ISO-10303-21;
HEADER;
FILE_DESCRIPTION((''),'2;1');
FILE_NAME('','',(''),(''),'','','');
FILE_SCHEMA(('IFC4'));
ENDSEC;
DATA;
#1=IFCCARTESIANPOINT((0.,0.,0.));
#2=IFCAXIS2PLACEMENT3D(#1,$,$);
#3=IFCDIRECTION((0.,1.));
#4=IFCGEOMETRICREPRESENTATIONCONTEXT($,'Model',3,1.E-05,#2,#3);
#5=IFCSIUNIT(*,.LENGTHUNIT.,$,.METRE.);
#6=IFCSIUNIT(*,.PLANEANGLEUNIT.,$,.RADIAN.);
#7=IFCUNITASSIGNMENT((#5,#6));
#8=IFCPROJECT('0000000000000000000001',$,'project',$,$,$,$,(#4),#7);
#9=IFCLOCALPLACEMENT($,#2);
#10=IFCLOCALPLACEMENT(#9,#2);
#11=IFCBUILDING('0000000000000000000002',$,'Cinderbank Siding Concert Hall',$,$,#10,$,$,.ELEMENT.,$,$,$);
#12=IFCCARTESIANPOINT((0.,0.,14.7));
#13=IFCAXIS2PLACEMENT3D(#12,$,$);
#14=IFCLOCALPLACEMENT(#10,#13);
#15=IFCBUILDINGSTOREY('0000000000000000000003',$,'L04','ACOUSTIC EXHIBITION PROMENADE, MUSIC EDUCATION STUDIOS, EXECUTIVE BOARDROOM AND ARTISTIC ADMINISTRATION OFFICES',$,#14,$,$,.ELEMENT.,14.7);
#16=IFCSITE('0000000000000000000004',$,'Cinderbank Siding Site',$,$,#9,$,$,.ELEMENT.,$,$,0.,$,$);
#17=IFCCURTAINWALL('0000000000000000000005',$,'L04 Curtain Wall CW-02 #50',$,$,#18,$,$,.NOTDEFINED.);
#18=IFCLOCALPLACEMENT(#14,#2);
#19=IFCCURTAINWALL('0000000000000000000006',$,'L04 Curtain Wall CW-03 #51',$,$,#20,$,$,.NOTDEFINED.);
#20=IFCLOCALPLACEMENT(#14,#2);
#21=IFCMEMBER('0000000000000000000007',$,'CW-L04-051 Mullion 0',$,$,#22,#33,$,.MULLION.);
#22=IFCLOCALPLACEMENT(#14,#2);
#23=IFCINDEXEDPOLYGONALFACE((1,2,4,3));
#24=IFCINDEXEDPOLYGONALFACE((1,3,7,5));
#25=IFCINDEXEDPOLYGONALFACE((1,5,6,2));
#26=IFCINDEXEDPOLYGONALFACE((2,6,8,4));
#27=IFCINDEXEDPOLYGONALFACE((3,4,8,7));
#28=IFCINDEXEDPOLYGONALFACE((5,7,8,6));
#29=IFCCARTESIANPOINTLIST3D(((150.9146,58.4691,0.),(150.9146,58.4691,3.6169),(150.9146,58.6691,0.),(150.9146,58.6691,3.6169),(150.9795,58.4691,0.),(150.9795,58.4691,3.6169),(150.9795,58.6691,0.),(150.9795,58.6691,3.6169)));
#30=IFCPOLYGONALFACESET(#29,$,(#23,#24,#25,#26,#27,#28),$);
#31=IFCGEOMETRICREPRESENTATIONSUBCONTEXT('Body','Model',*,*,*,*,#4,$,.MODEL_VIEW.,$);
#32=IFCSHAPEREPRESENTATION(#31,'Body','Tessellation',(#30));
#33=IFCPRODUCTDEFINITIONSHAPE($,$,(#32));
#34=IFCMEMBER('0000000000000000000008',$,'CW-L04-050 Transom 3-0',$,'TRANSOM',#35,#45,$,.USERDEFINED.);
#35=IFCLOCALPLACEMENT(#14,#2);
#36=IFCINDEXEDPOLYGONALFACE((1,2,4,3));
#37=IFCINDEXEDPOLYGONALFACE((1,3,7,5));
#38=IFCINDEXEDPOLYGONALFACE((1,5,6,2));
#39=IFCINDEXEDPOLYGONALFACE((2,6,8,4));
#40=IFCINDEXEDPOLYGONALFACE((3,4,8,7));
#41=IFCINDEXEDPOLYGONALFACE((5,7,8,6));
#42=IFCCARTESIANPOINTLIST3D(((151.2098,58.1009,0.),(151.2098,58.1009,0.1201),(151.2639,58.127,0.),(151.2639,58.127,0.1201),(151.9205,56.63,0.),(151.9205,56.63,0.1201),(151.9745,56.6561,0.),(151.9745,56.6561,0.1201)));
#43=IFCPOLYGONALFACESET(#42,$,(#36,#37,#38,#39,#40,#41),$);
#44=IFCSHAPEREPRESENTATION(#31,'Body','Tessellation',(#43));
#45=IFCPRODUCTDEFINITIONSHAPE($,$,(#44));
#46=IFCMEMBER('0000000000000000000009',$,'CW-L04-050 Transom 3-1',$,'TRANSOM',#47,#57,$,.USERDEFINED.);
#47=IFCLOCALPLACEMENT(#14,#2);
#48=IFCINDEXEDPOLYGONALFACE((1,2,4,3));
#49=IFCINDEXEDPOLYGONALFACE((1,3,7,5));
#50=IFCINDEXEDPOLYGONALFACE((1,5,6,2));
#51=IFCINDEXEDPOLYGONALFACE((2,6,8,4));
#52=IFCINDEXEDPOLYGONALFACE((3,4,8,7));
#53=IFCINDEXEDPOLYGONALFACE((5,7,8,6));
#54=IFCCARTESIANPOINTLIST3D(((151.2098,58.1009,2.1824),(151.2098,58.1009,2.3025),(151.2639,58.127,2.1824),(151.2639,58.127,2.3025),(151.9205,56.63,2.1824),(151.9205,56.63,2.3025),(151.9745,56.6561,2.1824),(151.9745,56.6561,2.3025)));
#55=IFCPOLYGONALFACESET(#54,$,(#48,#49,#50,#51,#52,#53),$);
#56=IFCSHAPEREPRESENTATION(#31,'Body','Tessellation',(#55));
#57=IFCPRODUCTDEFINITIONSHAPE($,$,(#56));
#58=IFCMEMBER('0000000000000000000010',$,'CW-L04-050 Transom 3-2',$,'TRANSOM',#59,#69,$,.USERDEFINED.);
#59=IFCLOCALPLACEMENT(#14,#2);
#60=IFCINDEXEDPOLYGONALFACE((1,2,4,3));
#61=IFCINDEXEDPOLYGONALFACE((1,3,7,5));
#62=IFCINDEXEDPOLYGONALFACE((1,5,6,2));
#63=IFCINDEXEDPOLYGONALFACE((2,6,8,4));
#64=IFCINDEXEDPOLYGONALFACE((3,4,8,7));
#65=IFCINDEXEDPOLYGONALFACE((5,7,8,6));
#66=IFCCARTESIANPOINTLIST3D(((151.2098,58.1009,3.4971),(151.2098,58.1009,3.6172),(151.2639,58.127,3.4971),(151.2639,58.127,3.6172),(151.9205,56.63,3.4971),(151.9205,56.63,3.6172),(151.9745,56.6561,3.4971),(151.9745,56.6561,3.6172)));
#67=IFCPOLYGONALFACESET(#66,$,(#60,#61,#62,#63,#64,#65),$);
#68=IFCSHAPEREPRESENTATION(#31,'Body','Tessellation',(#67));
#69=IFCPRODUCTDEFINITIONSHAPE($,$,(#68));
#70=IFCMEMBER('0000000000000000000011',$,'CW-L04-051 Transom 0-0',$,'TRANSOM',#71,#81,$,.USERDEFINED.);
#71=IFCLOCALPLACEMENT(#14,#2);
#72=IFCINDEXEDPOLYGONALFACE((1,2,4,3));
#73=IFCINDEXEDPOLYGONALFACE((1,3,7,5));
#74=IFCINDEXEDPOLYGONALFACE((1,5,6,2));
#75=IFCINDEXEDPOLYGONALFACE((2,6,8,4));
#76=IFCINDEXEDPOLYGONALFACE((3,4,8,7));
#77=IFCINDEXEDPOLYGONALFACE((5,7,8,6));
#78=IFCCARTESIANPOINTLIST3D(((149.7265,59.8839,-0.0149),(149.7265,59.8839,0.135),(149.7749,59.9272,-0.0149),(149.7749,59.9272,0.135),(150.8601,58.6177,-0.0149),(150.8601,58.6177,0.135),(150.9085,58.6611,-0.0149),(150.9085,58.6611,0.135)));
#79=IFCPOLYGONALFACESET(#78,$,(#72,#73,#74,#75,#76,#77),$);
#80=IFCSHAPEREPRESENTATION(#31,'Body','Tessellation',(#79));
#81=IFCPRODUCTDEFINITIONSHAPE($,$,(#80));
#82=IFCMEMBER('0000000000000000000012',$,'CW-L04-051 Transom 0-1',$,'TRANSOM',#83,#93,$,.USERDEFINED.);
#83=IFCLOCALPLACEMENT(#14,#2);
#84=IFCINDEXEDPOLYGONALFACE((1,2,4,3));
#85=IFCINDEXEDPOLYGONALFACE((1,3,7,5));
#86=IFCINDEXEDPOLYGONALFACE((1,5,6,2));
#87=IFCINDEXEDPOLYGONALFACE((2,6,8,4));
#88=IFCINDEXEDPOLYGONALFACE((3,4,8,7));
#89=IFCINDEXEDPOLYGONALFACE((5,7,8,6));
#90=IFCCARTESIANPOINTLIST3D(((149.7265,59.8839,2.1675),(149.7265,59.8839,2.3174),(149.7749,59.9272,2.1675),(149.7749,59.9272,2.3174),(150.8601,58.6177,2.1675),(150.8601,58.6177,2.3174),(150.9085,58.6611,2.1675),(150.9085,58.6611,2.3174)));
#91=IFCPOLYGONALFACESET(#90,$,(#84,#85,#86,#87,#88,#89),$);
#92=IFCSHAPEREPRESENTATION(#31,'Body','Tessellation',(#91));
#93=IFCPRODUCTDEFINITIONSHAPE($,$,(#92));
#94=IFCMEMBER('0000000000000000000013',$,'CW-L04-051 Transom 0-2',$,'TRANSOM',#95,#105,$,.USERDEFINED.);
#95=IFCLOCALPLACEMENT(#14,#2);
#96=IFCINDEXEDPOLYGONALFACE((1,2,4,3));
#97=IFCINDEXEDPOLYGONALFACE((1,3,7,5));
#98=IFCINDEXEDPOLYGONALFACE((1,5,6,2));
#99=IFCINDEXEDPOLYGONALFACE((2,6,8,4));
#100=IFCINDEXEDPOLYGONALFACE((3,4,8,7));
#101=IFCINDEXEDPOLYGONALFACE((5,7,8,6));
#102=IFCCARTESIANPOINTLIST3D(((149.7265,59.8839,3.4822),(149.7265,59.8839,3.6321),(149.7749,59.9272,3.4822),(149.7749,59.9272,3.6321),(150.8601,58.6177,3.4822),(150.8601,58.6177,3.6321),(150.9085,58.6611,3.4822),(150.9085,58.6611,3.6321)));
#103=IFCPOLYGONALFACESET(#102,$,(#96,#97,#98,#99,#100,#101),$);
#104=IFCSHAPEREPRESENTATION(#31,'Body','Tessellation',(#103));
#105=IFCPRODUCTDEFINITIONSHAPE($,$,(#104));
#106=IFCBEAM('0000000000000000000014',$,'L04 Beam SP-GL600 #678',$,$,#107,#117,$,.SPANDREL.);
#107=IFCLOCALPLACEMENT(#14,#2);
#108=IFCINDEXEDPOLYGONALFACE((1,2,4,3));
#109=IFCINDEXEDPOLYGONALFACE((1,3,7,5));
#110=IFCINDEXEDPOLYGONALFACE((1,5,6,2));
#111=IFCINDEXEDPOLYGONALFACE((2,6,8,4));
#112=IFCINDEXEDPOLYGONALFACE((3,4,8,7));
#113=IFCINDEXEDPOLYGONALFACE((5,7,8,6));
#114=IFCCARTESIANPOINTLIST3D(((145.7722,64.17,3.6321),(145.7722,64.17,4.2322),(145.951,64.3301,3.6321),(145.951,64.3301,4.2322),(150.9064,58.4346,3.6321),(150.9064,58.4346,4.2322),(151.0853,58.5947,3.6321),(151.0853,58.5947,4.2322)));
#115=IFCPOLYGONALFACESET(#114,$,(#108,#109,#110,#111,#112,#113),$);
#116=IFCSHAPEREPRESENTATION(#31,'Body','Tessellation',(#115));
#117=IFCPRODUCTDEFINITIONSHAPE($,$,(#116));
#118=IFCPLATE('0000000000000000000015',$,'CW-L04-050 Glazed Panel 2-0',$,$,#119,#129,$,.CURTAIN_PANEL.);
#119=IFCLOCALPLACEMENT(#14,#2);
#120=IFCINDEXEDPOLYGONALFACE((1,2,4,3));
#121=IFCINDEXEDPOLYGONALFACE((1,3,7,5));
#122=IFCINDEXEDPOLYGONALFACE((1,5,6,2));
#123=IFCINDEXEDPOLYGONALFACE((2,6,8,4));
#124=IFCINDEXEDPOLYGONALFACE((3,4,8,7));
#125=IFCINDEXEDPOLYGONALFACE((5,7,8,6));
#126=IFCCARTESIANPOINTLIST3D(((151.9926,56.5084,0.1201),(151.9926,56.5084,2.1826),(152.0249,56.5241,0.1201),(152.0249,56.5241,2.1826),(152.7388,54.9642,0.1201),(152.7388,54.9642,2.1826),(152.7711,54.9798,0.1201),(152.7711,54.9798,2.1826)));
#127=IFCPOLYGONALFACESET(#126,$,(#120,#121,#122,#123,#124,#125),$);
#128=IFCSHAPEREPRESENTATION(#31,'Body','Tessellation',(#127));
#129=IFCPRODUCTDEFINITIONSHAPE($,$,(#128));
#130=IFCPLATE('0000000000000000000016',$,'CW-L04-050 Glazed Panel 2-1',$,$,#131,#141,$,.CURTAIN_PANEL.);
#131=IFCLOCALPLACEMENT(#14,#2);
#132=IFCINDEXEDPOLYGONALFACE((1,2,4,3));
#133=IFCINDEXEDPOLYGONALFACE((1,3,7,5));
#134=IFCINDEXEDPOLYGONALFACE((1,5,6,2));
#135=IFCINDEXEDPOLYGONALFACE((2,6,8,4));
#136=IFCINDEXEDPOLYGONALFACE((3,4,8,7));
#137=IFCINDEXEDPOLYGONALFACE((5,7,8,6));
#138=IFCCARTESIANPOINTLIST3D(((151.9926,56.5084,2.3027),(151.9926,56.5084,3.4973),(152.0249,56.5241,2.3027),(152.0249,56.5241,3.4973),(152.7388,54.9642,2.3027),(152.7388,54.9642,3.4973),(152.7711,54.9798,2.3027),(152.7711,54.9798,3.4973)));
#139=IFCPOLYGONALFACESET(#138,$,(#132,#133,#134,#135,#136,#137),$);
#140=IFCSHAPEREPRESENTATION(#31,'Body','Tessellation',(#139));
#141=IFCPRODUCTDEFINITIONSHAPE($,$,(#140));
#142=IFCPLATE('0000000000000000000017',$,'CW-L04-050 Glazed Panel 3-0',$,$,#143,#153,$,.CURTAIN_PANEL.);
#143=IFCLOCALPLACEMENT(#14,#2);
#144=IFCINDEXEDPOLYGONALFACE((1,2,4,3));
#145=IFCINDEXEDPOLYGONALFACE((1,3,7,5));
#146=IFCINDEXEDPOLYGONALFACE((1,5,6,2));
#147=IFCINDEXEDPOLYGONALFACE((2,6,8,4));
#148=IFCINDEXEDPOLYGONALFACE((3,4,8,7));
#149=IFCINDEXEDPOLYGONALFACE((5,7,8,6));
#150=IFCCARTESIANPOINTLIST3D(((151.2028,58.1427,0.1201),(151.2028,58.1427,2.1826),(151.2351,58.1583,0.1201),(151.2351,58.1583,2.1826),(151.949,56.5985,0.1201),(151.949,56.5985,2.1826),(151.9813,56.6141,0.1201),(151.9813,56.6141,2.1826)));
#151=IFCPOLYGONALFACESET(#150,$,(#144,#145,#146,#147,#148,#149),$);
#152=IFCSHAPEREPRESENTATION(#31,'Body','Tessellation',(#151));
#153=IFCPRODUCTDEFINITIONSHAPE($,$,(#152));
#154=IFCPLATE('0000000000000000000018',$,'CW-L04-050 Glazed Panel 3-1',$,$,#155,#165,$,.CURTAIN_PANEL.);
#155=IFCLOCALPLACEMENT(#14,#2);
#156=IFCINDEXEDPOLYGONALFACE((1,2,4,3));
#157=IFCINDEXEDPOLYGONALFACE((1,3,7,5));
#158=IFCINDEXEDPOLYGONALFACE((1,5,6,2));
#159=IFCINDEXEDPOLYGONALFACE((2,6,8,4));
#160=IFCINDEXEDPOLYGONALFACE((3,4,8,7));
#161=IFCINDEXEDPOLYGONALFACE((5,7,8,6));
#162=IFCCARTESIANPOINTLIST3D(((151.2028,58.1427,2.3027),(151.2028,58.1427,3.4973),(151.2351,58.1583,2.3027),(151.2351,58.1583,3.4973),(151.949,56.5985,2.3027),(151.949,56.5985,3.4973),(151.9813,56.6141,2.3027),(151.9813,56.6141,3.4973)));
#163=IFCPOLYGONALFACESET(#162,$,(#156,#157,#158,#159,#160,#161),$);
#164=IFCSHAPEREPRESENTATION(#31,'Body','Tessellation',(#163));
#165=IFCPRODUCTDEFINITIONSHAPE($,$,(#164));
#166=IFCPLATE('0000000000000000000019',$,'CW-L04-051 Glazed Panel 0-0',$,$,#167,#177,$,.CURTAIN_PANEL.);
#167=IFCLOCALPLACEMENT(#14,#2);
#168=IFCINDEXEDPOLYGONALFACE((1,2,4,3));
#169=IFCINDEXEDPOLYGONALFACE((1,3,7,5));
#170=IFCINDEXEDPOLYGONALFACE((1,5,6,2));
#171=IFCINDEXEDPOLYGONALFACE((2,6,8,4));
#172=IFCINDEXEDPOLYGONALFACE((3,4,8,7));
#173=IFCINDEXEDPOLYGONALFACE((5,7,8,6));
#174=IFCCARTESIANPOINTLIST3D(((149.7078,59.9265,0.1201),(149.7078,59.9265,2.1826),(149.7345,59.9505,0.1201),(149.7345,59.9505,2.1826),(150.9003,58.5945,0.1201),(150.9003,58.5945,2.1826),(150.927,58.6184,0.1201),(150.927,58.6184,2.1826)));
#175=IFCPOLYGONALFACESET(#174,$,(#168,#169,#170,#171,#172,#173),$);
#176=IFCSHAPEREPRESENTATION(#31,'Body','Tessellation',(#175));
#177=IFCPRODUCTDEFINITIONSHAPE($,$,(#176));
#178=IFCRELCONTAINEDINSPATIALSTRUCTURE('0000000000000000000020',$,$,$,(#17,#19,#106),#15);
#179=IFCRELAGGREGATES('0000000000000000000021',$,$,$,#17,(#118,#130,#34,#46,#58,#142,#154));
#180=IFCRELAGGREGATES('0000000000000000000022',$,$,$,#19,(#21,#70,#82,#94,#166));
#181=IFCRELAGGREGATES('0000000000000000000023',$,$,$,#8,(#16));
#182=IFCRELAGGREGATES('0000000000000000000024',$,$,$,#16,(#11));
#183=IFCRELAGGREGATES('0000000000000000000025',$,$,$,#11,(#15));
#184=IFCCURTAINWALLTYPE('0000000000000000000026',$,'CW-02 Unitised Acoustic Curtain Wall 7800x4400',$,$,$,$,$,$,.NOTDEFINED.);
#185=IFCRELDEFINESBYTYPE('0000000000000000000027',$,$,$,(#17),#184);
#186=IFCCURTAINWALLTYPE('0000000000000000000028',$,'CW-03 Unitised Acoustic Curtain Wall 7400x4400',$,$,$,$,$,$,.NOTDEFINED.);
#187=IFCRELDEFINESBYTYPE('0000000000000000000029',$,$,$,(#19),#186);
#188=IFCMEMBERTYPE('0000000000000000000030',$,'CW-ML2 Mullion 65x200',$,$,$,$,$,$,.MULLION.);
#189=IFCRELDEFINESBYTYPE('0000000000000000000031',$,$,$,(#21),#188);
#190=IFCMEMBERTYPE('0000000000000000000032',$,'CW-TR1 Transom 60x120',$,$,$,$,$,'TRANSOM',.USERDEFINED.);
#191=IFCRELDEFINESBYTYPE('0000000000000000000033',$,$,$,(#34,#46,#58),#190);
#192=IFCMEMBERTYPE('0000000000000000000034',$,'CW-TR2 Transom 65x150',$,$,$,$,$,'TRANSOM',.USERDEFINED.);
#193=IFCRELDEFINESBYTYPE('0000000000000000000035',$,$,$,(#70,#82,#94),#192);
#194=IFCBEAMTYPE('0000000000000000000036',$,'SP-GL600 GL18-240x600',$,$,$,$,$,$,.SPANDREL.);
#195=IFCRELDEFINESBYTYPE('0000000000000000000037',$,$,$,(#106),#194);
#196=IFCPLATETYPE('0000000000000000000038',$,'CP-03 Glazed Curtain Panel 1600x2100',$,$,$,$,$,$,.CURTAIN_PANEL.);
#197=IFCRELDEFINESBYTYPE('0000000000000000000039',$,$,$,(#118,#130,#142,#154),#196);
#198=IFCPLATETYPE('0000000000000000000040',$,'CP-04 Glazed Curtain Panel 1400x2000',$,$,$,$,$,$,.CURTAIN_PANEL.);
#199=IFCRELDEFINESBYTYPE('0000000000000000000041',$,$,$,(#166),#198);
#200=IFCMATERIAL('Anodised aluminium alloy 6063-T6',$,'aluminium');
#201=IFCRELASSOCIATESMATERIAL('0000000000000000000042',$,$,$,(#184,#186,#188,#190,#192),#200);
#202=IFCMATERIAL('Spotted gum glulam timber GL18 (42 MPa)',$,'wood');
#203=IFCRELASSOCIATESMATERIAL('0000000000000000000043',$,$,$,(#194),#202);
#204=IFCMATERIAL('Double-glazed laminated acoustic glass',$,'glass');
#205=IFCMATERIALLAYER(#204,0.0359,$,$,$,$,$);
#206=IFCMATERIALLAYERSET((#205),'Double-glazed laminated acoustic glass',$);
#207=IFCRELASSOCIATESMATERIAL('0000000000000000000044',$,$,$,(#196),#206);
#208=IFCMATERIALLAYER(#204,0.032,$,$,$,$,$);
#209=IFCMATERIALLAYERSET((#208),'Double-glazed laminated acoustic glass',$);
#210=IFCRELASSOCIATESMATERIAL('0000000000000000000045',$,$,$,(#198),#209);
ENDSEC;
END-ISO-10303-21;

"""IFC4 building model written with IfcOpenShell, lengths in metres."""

from ifc_helpers import new_model, si_unit, direction, frame, origin, origin_2d, place, context, subcontext, project, spatial, rectangle, extrude, material, layer, layer_set, material_profile, profile_set, type_object, element, aggregate, save


model = new_model("IFC4")

# Units and contexts
model_context = context("Model", 3, precision=1e-05, world=origin(), true_north=direction((0.0, 1.0)))
body_context = subcontext(model_context, "Body", "Model", "MODEL_VIEW")
ifc_project = project(units=[si_unit("LENGTHUNIT", "METRE"), si_unit("PLANEANGLEUNIT", "RADIAN")], contexts=[model_context])

# Site, building, storey
site_placement = place(None, origin())
site = spatial("IfcSite", under=ifc_project, at=site_placement, Name="Cinderbank Siding Site", CompositionType="ELEMENT", RefElevation=0.0)
building_placement = place(site_placement, origin())
building = spatial("IfcBuilding", under=site, at=building_placement, Name="Cinderbank Siding Concert Hall", CompositionType="ELEMENT")
storey_placement = place(building_placement, frame((0.0, 0.0, 14.7)))
storey = spatial("IfcBuildingStorey", under=building, at=storey_placement, Name="L04", Description="ACOUSTIC EXHIBITION PROMENADE, MUSIC EDUCATION STUDIOS, EXECUTIVE BOARDROOM AND ARTISTIC ADMINISTRATION OFFICES", CompositionType="ELEMENT", Elevation=14.7)

# Curtain wall
ifc_material_1 = material(Name="Anodised aluminium alloy 6063-T6", Category="aluminium")
curtain_wall_type_1 = type_object("IfcCurtainWallType", Name="CW-02 Unitised Acoustic Curtain Wall 7800x4400", PredefinedType="NOTDEFINED", material=ifc_material_1)
curtain_wall_1_placement = place(storey_placement, origin())
curtain_wall_1 = element("IfcCurtainWall", 1, at=curtain_wall_1_placement, inside=storey, type_object=curtain_wall_type_1, Name="L04 Curtain Wall CW-02 #50", PredefinedType="NOTDEFINED")

# Curtain wall, member
curtain_wall_type_2 = type_object("IfcCurtainWallType", Name="CW-03 Unitised Acoustic Curtain Wall 7400x4400", PredefinedType="NOTDEFINED", material=ifc_material_1)
curtain_wall_2_placement = place(storey_placement, origin())
curtain_wall_2 = element("IfcCurtainWall", 2, at=curtain_wall_2_placement, inside=storey, type_object=curtain_wall_type_2, Name="L04 Curtain Wall CW-03 #51", PredefinedType="NOTDEFINED")
ifc_material_profile_1 = material_profile(ifc_material_1, rectangle(XDim=0.0649, YDim=0.2, at=origin_2d()), Name="ALU-MULL-65x200", Category="LoadBearing")
ifc_profile_set_1 = profile_set([ifc_material_profile_1], Name="Anodised aluminium alloy 6063-T6")
member_type_1 = type_object("IfcMemberType", Name="CW-ML2 Mullion 65x200", PredefinedType="MULLION", material=ifc_profile_set_1)
member_1_placement = place(storey_placement, frame((150.947, 58.5691, 0.0), z_axis=(0.0, 0.0, 1.0), x_axis=(1.0, 0.0, 0.0)))
member_1 = element("IfcMember", 3, at=member_1_placement, type_object=member_type_1, Name="CW-L04-051 Mullion 0", PredefinedType="MULLION", context=body_context, shape_type="SweptSolid", body=[
    extrude(rectangle(XDim=0.0649, YDim=0.2, at=origin_2d()), origin(), (0.0, 0.0, 1.0), 3.6169),
])

# Members
ifc_material_profile_2 = material_profile(ifc_material_1, rectangle(XDim=0.0601, YDim=0.1201, at=origin_2d()), Name="ALU-TRAN-60x120", Category="LoadBearing")
ifc_profile_set_2 = profile_set([ifc_material_profile_2], Name="Anodised aluminium alloy 6063-T6")
member_type_2 = type_object("IfcMemberType", Name="CW-TR1 Transom 60x120", ElementType="TRANSOM", PredefinedType="USERDEFINED", material=ifc_profile_set_2)
member_2_placement = place(storey_placement, frame((151.9475, 56.6431, 0.0601), z_axis=(-0.435037, 0.900412, 0.0), x_axis=(-0.900412, -0.435037, 0.0)))
member_2 = element("IfcMember", 4, at=member_2_placement, type_object=member_type_2, Name="CW-L04-050 Transom 3-0", ObjectType="TRANSOM", PredefinedType="USERDEFINED", context=body_context, shape_type="SweptSolid", body=[
    extrude(rectangle(XDim=0.0601, YDim=0.1201, at=origin_2d()), origin(), (0.0, 0.0, 1.0), 1.6335),
])
member_3_placement = place(storey_placement, frame((151.9475, 56.6431, 2.2424), z_axis=(-0.435037, 0.900412, 0.0), x_axis=(-0.900412, -0.435037, 0.0)))
member_3 = element("IfcMember", 5, at=member_3_placement, type_object=member_type_2, Name="CW-L04-050 Transom 3-1", ObjectType="TRANSOM", PredefinedType="USERDEFINED", context=body_context, shape_type="SweptSolid", body=[
    extrude(rectangle(XDim=0.0601, YDim=0.1201, at=origin_2d()), origin(), (0.0, 0.0, 1.0), 1.6335),
])
member_4_placement = place(storey_placement, frame((151.9475, 56.6431, 3.5571), z_axis=(-0.435037, 0.900412, 0.0), x_axis=(-0.900412, -0.435037, 0.0)))
member_4 = element("IfcMember", 6, at=member_4_placement, type_object=member_type_2, Name="CW-L04-050 Transom 3-2", ObjectType="TRANSOM", PredefinedType="USERDEFINED", context=body_context, shape_type="SweptSolid", body=[
    extrude(rectangle(XDim=0.0601, YDim=0.1201, at=origin_2d()), origin(), (0.0, 0.0, 1.0), 1.6335),
])
ifc_material_profile_3 = material_profile(ifc_material_1, rectangle(XDim=0.0649, YDim=0.1499, at=origin_2d()), Name="ALU-TRAN-65x150", Category="LoadBearing")
ifc_profile_set_3 = profile_set([ifc_material_profile_3], Name="Anodised aluminium alloy 6063-T6")
member_type_3 = type_object("IfcMemberType", Name="CW-TR2 Transom 65x150", ElementType="TRANSOM", PredefinedType="USERDEFINED", material=ifc_profile_set_3)
member_5_placement = place(storey_placement, frame((150.8843, 58.6394, 0.0601), z_axis=(-0.667026, 0.745035, 0.0), x_axis=(-0.745035, -0.667026, 0.0)))
member_5 = element("IfcMember", 7, at=member_5_placement, type_object=member_type_3, Name="CW-L04-051 Transom 0-0", ObjectType="TRANSOM", PredefinedType="USERDEFINED", context=body_context, shape_type="SweptSolid", body=[
    extrude(rectangle(XDim=0.0649, YDim=0.1499, at=origin_2d()), origin(), (0.0, 0.0, 1.0), 1.6995),
])
member_6_placement = place(storey_placement, frame((150.8843, 58.6394, 2.2424), z_axis=(-0.667026, 0.745035, 0.0), x_axis=(-0.745035, -0.667026, 0.0)))
member_6 = element("IfcMember", 8, at=member_6_placement, type_object=member_type_3, Name="CW-L04-051 Transom 0-1", ObjectType="TRANSOM", PredefinedType="USERDEFINED", context=body_context, shape_type="SweptSolid", body=[
    extrude(rectangle(XDim=0.0649, YDim=0.1499, at=origin_2d()), origin(), (0.0, 0.0, 1.0), 1.6995),
])
member_7_placement = place(storey_placement, frame((150.8843, 58.6394, 3.5571), z_axis=(-0.667026, 0.745035, 0.0), x_axis=(-0.745035, -0.667026, 0.0)))
member_7 = element("IfcMember", 9, at=member_7_placement, type_object=member_type_3, Name="CW-L04-051 Transom 0-2", ObjectType="TRANSOM", PredefinedType="USERDEFINED", context=body_context, shape_type="SweptSolid", body=[
    extrude(rectangle(XDim=0.0649, YDim=0.1499, at=origin_2d()), origin(), (0.0, 0.0, 1.0), 1.6995),
])

# Beam
ifc_material_2 = material(Name="Spotted gum glulam timber GL18 (42 MPa)", Category="wood")
ifc_material_profile_4 = material_profile(ifc_material_2, rectangle(XDim=0.24, YDim=0.6001, at=origin_2d()), Name="GL18-240x600", Category="LoadBearing")
ifc_profile_set_4 = profile_set([ifc_material_profile_4], Name="Spotted gum glulam timber GL18 (42 MPa)")
beam_type_1 = type_object("IfcBeamType", Name="SP-GL600 GL18-240x600", PredefinedType="SPANDREL", material=ifc_profile_set_4)
beam_1_placement = place(storey_placement, frame((150.9958, 58.5146, 3.9321), z_axis=(-0.666986, 0.74507, 0.0), x_axis=(-0.74507, -0.666986, 0.0)))
element("IfcBeam", 10, at=beam_1_placement, inside=storey, type_object=beam_type_1, Name="L04 Beam SP-GL600 #678", PredefinedType="SPANDREL", context=body_context, shape_type="SweptSolid", body=[
    extrude(rectangle(XDim=0.24, YDim=0.6001, at=origin_2d()), origin(), (0.0, 0.0, 1.0), 7.6978),
])

# Plates
ifc_material_3 = material(Name="Double-glazed laminated acoustic glass", Category="glass")
ifc_layer_1 = layer(ifc_material_3, 0.0359)
ifc_layer_set_1 = layer_set([ifc_layer_1], Name="Double-glazed laminated acoustic glass")
plate_type_1 = type_object("IfcPlateType", Name="CP-03 Glazed Curtain Panel 1600x2100", PredefinedType="CURTAIN_PANEL", material=ifc_layer_set_1)
plate_1_placement = place(storey_placement, frame((152.3818, 55.7441, 0.1201), z_axis=(0.0, 0.0, 1.0), x_axis=(-0.435102, 0.900381, 0.0)))
plate_1 = element("IfcPlate", 11, at=plate_1_placement, type_object=plate_type_1, Name="CW-L04-050 Glazed Panel 2-0", PredefinedType="CURTAIN_PANEL", context=body_context, shape_type="SweptSolid", body=[
    extrude(rectangle(XDim=1.7151, YDim=0.0359, at=origin_2d()), origin(), (0.0, 0.0, 1.0), 2.0625),
])
plate_2_placement = place(storey_placement, frame((152.3818, 55.7441, 2.3027), z_axis=(0.0, 0.0, 1.0), x_axis=(-0.435102, 0.900381, 0.0)))
plate_2 = element("IfcPlate", 12, at=plate_2_placement, type_object=plate_type_1, Name="CW-L04-050 Glazed Panel 2-1", PredefinedType="CURTAIN_PANEL", context=body_context, shape_type="SweptSolid", body=[
    extrude(rectangle(XDim=1.7151, YDim=0.0359, at=origin_2d()), origin(), (0.0, 0.0, 1.0), 1.1946),
])
plate_3_placement = place(storey_placement, frame((151.592, 57.3784, 0.1201), z_axis=(0.0, 0.0, 1.0), x_axis=(-0.435102, 0.900381, 0.0)))
plate_3 = element("IfcPlate", 13, at=plate_3_placement, type_object=plate_type_1, Name="CW-L04-050 Glazed Panel 3-0", PredefinedType="CURTAIN_PANEL", context=body_context, shape_type="SweptSolid", body=[
    extrude(rectangle(XDim=1.7151, YDim=0.0359, at=origin_2d()), origin(), (0.0, 0.0, 1.0), 2.0625),
])
plate_4_placement = place(storey_placement, frame((151.592, 57.3784, 2.3027), z_axis=(0.0, 0.0, 1.0), x_axis=(-0.435102, 0.900381, 0.0)))
plate_4 = element("IfcPlate", 14, at=plate_4_placement, type_object=plate_type_1, Name="CW-L04-050 Glazed Panel 3-1", PredefinedType="CURTAIN_PANEL", context=body_context, shape_type="SweptSolid", body=[
    extrude(rectangle(XDim=1.7151, YDim=0.0359, at=origin_2d()), origin(), (0.0, 0.0, 1.0), 1.1946),
])
aggregate(curtain_wall_1, [plate_1, plate_2, member_2, member_3, member_4, plate_3, plate_4])
ifc_layer_2 = layer(ifc_material_3, 0.032)
ifc_layer_set_2 = layer_set([ifc_layer_2], Name="Double-glazed laminated acoustic glass")
plate_type_2 = type_object("IfcPlateType", Name="CP-04 Glazed Curtain Panel 1400x2000", PredefinedType="CURTAIN_PANEL", material=ifc_layer_set_2)
plate_5_placement = place(storey_placement, frame((150.3174, 59.2725, 0.1201), z_axis=(0.0, 0.0, 1.0), x_axis=(-0.666993, 0.745064, 0.0)))
plate_5 = element("IfcPlate", 15, at=plate_5_placement, type_object=plate_type_2, Name="CW-L04-051 Glazed Panel 0-0", PredefinedType="CURTAIN_PANEL", context=body_context, shape_type="SweptSolid", body=[
    extrude(rectangle(XDim=1.7878, YDim=0.0359, at=origin_2d()), origin(), (0.0, 0.0, 1.0), 2.0625),
])
aggregate(curtain_wall_2, [member_1, member_5, member_6, member_7, plate_5])

save(model, "model.ifc")
